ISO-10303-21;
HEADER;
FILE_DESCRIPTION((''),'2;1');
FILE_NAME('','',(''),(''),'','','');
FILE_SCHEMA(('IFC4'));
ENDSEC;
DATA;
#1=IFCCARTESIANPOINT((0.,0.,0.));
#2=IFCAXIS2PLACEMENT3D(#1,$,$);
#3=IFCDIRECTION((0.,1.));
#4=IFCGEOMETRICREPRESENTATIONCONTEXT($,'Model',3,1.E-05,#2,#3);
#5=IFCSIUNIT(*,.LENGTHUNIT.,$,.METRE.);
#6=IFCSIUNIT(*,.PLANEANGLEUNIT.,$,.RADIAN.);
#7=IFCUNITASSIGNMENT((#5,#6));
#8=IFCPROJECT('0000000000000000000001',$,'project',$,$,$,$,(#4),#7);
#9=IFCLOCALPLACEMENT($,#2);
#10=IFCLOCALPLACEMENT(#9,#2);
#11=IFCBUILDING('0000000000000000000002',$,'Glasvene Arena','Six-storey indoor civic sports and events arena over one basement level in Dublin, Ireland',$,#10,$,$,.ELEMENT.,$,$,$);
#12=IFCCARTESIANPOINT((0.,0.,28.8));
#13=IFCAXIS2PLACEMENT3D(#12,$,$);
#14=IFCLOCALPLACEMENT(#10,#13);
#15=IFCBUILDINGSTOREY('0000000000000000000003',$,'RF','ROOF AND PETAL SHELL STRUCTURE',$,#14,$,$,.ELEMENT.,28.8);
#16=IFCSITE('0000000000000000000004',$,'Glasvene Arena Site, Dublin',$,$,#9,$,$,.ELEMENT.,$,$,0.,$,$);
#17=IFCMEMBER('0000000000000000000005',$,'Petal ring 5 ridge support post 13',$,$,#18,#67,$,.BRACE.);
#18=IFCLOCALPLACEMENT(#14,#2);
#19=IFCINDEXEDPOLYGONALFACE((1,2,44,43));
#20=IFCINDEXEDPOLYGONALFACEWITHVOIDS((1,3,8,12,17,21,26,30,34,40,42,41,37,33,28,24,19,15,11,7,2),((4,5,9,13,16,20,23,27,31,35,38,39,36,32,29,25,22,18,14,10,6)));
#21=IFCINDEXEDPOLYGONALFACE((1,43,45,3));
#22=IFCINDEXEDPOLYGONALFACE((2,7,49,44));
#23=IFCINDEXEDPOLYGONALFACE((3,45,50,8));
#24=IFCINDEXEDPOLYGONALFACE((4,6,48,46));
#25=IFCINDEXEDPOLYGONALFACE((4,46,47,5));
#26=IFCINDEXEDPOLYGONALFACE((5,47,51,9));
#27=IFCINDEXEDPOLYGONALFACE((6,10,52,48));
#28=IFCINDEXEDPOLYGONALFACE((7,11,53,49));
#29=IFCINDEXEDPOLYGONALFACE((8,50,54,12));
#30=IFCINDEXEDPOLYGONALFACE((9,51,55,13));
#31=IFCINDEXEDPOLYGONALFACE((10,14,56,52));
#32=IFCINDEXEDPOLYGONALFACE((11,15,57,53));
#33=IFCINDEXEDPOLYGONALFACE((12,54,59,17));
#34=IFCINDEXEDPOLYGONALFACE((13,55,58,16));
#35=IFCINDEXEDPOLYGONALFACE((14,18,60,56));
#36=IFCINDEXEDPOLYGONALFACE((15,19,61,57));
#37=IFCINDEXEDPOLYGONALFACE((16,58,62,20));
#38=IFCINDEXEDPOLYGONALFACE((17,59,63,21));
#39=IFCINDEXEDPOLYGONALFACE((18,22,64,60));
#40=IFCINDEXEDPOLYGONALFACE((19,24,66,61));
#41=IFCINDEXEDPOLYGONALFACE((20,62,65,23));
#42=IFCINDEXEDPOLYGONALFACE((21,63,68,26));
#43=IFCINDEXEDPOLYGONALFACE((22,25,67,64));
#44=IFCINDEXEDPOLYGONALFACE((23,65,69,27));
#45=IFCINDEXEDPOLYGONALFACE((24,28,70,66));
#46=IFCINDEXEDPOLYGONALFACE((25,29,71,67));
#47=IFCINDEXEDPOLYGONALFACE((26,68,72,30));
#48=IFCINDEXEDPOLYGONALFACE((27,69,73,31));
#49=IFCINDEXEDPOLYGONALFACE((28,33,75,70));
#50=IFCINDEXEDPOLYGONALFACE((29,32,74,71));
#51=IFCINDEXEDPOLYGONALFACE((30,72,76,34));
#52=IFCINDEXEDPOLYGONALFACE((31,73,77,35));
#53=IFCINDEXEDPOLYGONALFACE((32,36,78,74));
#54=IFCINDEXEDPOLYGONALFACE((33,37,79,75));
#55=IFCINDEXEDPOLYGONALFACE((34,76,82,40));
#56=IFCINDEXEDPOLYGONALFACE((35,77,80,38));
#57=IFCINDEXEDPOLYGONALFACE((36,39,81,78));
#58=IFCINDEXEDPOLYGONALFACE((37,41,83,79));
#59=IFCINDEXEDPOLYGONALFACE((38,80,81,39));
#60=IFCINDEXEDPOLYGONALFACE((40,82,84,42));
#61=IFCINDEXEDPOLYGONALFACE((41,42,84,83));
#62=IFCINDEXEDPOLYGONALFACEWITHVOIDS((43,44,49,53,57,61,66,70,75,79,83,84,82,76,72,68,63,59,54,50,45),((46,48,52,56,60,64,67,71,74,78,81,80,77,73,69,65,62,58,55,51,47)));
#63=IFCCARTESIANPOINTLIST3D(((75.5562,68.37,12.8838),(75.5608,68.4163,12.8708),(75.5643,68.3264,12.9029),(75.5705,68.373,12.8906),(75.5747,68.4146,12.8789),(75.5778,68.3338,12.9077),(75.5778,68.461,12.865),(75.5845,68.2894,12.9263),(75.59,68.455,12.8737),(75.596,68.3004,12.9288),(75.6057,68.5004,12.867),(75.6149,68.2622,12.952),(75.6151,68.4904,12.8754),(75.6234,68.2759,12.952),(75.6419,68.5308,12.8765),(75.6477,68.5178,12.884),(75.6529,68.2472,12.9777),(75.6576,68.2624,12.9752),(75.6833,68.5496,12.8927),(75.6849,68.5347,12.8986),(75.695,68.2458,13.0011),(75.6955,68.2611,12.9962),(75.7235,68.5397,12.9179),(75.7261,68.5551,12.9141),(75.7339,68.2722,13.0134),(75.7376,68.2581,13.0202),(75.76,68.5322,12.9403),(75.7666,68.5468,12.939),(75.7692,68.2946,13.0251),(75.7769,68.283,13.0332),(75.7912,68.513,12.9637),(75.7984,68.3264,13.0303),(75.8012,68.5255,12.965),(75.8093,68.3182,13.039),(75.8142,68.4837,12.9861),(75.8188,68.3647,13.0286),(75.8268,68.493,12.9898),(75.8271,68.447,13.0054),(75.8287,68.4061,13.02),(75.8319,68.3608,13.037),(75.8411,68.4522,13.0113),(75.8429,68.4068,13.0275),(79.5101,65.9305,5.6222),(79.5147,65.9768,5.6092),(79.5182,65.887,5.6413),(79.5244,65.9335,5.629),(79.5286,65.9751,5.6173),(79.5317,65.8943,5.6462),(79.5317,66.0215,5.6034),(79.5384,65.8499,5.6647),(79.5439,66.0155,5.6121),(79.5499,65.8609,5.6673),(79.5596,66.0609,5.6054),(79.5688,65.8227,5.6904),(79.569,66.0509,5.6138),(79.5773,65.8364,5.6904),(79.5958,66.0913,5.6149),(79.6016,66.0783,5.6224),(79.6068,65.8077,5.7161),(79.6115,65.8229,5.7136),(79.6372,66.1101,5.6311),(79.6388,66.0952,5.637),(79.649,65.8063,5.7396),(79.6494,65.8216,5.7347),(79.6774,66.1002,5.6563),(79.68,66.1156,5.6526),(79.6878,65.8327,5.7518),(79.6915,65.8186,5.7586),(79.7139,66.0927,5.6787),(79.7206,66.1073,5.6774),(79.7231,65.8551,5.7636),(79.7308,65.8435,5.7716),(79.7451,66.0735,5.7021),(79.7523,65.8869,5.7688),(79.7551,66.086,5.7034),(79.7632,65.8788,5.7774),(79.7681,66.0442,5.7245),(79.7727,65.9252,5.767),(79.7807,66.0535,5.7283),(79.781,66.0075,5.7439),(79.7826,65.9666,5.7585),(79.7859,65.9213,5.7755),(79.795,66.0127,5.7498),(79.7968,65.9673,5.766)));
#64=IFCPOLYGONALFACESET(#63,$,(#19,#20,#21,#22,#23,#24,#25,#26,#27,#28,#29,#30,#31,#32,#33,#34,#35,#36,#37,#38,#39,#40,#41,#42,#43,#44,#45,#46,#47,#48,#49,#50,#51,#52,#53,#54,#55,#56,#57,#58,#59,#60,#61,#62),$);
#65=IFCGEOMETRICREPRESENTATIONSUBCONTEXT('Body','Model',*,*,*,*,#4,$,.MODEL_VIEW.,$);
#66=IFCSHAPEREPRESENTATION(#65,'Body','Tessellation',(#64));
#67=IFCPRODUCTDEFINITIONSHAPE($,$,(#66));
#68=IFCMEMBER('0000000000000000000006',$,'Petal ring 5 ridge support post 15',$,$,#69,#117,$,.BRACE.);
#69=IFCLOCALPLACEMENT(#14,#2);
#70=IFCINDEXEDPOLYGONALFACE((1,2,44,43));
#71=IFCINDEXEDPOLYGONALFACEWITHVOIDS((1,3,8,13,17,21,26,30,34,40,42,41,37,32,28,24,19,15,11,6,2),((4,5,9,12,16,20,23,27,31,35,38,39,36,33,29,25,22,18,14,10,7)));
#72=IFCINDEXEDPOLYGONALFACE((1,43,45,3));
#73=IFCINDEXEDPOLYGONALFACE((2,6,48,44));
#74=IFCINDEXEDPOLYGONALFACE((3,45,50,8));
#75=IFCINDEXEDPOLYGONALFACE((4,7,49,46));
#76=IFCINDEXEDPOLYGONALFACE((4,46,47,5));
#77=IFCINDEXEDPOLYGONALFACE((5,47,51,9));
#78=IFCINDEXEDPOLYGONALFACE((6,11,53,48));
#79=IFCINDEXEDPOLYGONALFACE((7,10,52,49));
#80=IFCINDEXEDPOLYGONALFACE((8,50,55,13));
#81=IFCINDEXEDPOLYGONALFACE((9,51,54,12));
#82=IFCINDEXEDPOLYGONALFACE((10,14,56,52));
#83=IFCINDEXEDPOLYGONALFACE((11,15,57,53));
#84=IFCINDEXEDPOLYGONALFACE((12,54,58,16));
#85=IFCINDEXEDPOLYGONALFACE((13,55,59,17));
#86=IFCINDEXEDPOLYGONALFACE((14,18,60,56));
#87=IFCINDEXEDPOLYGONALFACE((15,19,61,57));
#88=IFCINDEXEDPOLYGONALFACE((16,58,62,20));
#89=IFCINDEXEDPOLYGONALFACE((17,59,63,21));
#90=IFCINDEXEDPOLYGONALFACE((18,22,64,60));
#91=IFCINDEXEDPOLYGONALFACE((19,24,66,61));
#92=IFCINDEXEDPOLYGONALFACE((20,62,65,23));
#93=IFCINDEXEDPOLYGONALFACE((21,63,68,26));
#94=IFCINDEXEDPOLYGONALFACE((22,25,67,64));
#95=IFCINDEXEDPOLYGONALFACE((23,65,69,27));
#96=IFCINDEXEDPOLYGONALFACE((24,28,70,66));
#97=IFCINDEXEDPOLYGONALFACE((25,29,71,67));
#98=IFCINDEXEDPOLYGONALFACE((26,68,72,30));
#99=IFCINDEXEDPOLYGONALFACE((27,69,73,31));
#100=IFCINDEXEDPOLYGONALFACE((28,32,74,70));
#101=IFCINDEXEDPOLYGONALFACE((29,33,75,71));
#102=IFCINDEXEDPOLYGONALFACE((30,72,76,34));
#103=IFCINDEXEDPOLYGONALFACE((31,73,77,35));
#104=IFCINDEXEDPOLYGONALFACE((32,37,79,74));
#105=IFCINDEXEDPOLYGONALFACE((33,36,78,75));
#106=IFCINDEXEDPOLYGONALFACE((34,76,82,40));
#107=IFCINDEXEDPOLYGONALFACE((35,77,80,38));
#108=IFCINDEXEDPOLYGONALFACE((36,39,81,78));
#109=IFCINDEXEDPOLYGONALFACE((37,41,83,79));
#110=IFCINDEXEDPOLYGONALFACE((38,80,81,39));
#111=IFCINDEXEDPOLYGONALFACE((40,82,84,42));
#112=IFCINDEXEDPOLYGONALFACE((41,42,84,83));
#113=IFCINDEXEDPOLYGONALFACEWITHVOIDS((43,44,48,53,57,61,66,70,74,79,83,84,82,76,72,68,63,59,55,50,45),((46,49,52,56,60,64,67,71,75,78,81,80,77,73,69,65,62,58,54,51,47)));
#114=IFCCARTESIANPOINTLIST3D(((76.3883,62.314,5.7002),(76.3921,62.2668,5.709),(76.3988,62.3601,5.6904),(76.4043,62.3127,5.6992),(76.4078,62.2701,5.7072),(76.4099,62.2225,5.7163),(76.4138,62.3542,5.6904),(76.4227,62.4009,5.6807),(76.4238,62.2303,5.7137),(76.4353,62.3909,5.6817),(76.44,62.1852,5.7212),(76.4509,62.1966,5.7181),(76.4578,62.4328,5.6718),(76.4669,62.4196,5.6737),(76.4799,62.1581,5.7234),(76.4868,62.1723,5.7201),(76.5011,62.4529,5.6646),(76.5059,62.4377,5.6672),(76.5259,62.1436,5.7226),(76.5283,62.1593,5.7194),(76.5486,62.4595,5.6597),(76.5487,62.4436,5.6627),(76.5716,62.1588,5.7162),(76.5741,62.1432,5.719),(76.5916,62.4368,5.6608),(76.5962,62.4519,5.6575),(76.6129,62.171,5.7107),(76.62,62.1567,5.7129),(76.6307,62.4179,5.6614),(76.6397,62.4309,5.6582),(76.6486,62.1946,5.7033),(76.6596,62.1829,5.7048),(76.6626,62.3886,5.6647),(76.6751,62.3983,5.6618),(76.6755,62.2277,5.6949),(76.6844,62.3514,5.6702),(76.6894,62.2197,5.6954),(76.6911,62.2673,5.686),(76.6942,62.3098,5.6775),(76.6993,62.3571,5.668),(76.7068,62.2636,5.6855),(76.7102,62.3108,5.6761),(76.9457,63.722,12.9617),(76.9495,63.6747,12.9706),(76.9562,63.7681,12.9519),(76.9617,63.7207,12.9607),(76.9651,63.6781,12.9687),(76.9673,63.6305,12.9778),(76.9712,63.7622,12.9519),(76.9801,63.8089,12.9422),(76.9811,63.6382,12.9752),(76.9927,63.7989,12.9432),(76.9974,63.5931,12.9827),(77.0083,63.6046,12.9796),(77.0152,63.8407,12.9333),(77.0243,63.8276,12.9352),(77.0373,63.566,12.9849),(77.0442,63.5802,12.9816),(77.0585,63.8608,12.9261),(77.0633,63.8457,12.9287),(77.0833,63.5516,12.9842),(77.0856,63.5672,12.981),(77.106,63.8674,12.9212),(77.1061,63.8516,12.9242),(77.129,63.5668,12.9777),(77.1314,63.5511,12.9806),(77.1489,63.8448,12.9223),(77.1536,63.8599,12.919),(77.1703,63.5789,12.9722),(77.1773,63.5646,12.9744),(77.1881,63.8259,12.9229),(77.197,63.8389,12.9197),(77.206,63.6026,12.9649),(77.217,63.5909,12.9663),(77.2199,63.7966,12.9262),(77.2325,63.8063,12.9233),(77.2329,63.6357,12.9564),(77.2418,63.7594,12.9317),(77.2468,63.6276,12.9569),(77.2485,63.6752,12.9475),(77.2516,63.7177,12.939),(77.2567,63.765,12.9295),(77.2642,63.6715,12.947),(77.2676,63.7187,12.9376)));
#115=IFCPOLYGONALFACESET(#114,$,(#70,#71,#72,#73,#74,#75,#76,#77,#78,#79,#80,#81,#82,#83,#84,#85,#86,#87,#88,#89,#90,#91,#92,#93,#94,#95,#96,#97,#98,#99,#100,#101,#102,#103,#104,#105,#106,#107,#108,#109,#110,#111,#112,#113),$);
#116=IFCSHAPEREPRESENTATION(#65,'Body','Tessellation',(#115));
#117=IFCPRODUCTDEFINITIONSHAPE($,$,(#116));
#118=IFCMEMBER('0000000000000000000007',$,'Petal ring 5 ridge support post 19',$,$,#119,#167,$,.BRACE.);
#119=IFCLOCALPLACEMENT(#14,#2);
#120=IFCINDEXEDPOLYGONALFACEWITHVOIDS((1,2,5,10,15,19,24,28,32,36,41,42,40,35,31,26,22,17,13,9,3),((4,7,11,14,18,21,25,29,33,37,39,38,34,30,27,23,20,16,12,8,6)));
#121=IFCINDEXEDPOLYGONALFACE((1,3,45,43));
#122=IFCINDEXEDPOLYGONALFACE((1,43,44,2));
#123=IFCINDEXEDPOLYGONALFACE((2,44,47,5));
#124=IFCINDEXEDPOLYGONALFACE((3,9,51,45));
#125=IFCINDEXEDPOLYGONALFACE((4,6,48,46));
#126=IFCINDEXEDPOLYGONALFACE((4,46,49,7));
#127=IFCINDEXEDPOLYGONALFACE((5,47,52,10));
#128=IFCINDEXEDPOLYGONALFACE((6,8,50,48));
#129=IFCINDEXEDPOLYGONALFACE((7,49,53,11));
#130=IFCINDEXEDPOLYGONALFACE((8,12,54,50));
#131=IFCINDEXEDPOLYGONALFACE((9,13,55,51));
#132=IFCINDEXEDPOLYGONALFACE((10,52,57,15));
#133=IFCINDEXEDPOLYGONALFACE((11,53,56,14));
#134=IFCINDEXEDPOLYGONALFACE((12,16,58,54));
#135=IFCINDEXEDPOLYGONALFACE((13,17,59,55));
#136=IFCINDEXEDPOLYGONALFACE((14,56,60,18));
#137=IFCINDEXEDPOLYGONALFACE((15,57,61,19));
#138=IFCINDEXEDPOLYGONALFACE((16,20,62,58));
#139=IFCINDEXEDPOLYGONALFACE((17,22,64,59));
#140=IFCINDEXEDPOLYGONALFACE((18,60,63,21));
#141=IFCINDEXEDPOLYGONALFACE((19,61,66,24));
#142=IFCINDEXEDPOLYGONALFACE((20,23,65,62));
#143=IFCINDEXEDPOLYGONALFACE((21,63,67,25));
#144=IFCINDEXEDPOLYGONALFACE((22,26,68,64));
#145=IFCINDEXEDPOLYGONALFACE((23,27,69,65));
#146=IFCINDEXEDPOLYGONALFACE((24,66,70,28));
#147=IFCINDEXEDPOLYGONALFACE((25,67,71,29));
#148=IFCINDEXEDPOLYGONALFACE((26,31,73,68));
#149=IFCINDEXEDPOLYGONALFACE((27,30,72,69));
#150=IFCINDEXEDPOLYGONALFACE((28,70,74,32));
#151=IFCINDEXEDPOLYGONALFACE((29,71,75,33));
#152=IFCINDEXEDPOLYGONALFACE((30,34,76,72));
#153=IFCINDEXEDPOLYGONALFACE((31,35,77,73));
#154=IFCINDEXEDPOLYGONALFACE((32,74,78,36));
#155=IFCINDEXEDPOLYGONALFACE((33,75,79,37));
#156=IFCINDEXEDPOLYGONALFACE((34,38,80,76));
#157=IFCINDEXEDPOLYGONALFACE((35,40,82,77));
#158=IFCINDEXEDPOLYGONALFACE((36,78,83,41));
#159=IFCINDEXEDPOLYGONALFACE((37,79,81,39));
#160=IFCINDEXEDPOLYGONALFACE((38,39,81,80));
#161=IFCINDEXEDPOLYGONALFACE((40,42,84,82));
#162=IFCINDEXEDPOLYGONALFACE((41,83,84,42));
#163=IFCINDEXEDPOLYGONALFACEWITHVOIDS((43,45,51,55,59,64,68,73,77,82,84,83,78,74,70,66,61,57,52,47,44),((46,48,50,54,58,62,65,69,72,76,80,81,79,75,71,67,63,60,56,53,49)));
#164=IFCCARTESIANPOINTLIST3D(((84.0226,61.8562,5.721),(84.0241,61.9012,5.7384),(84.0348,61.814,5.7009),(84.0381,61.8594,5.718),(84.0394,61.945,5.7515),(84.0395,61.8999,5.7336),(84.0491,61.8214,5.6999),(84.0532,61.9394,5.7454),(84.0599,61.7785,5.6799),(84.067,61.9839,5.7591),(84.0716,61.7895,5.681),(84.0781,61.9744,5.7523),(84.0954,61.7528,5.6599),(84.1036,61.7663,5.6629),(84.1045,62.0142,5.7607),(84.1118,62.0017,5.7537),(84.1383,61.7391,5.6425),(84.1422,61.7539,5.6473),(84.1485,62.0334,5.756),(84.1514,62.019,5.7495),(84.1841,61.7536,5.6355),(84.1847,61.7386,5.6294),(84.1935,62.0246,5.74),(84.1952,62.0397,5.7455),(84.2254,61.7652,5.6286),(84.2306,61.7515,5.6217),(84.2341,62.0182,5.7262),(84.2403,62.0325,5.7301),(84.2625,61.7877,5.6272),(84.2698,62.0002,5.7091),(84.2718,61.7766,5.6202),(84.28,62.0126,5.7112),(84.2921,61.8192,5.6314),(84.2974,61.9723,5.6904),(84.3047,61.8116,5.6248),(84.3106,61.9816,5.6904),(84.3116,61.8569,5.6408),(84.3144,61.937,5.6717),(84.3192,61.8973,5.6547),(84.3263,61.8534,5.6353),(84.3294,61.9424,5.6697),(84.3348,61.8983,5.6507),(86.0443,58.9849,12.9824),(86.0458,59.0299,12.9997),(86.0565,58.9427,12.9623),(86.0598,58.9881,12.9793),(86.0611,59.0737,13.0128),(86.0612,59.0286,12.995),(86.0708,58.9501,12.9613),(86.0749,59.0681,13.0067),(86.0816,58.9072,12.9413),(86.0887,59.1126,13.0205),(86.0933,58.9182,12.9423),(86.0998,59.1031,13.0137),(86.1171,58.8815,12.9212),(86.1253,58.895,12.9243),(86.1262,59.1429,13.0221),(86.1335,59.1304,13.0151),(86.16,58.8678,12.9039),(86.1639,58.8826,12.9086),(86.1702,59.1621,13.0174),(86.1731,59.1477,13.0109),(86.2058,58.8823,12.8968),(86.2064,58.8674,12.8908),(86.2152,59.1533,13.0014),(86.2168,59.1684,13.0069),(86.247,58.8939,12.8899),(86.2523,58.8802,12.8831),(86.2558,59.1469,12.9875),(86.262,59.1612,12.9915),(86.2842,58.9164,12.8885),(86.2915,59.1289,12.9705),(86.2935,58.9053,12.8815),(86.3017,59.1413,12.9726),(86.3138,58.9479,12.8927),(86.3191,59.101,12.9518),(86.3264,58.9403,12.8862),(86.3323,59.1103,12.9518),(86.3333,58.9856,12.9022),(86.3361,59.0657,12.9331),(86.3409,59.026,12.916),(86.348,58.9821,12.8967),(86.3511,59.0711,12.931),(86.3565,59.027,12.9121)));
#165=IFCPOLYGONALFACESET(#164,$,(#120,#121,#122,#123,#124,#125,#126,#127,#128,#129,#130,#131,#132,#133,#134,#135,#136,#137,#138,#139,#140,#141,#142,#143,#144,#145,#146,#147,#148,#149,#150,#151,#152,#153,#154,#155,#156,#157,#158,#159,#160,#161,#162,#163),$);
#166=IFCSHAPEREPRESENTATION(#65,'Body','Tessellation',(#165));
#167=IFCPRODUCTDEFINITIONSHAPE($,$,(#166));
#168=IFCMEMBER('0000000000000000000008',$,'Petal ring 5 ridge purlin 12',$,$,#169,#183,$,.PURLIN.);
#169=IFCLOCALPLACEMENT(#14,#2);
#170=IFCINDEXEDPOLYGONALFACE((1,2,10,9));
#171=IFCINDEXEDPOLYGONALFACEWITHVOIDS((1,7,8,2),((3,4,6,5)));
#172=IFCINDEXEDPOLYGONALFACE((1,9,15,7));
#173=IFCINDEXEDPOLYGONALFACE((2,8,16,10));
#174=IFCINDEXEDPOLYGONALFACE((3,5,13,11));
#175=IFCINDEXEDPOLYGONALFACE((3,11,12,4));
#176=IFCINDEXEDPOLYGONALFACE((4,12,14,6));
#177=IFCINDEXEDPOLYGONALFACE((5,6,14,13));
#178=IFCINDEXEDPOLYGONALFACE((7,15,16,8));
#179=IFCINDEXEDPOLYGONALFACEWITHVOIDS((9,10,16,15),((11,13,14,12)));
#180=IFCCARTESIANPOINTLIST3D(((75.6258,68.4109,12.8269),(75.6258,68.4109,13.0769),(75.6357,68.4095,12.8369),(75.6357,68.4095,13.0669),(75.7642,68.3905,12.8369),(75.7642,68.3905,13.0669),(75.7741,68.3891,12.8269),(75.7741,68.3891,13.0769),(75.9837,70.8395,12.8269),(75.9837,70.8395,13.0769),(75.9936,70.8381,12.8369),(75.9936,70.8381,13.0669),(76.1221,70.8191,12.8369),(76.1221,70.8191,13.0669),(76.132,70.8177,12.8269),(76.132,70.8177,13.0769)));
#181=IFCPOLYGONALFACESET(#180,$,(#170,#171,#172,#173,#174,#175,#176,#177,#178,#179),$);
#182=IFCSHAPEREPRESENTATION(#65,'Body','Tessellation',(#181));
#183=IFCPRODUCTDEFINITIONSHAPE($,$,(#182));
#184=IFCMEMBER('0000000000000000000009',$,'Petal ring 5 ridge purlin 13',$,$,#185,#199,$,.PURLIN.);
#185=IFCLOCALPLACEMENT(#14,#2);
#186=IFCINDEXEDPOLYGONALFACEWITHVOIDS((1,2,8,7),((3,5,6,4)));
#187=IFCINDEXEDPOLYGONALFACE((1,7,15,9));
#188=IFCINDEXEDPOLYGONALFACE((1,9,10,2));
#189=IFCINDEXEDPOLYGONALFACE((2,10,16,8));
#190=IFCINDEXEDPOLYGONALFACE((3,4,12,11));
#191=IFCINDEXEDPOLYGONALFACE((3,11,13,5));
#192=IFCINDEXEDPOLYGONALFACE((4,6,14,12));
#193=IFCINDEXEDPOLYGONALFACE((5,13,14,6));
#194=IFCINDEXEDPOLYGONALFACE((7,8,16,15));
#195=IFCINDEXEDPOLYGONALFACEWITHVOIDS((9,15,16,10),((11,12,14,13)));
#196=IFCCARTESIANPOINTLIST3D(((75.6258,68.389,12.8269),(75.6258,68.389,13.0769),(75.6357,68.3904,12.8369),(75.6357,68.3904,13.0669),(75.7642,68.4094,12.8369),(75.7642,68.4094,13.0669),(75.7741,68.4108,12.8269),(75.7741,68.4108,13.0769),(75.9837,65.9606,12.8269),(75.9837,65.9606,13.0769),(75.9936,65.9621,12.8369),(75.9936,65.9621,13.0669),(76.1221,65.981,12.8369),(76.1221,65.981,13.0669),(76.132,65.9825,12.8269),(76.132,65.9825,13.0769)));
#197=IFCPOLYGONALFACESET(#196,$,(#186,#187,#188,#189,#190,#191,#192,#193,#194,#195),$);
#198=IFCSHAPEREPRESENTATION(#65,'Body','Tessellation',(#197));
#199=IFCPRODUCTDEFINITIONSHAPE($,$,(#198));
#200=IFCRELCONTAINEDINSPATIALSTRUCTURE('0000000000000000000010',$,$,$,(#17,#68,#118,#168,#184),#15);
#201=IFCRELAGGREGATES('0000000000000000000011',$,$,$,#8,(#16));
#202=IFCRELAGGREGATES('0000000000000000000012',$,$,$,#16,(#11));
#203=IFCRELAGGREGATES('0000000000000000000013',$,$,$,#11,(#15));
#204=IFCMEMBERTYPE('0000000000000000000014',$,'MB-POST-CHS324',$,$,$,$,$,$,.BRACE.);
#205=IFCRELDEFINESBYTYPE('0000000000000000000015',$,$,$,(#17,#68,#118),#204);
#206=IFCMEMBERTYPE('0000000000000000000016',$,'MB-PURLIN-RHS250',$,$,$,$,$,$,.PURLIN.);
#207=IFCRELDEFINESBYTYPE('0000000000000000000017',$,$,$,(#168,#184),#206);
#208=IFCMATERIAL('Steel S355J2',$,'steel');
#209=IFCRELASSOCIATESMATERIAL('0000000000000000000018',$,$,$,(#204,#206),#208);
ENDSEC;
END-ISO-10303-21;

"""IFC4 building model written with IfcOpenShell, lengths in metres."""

from ifc_helpers import new_model, si_unit, direction, frame, origin, origin_2d, place, context, subcontext, project, spatial, hollow_rectangle, hollow_circle, extrude, material, material_profile, profile_set, type_object, element, save


model = new_model("IFC4")

# Units and contexts
model_context = context("Model", 3, precision=1e-05, world=origin(), true_north=direction((0.0, 1.0)))
body_context = subcontext(model_context, "Body", "Model", "MODEL_VIEW")
ifc_project = project(units=[si_unit("LENGTHUNIT", "METRE"), si_unit("PLANEANGLEUNIT", "RADIAN")], contexts=[model_context])

# Site, building, storey
site_placement = place(None, origin())
site = spatial("IfcSite", under=ifc_project, at=site_placement, Name="Glasvene Arena Site, Dublin", CompositionType="ELEMENT", RefElevation=0.0)
building_placement = place(site_placement, origin())
building = spatial("IfcBuilding", under=site, at=building_placement, Name="Glasvene Arena", Description="Six-storey indoor civic sports and events arena over one basement level in Dublin, Ireland", CompositionType="ELEMENT")
storey_placement = place(building_placement, frame((0.0, 0.0, 28.8)))
storey = spatial("IfcBuildingStorey", under=building, at=storey_placement, Name="RF", Description="ROOF AND PETAL SHELL STRUCTURE", CompositionType="ELEMENT", Elevation=28.8)

# Shared definitions
ifc_material_1 = material(Name="Steel S355J2", Category="steel")

# Members
ifc_material_profile_1 = material_profile(ifc_material_1, hollow_circle(Radius=0.1619, WallThickness=0.0161, at=origin_2d()), Name="CHS 323.9x16.0")
ifc_profile_set_1 = profile_set([ifc_material_profile_1], Name="Steel S355J2")
member_type_1 = type_object("IfcMemberType", Name="MB-POST-CHS324", PredefinedType="BRACE", material=ifc_profile_set_1)
member_1_placement = place(storey_placement, frame((79.6538, 65.9604, 5.6904), z_axis=(-0.458658, 0.282983, 0.84235), x_axis=(-0.525082, -0.851052, 0.0)))
element("IfcMember", 1, at=member_1_placement, inside=storey, type_object=member_type_1, Name="Petal ring 5 ridge support post 13", PredefinedType="BRACE", context=body_context, shape_type="SweptSolid", body=[
    extrude(hollow_circle(Radius=0.1619, WallThickness=0.0161, at=origin_2d()), origin(), (0.0, 0.0, 1.0), 8.6206),
])
member_2_placement = place(storey_placement, frame((76.5493, 62.3005, 5.6904), z_axis=(0.075141, 0.189811, 0.978941), x_axis=(-0.929794, 0.36808, 0.0)))
element("IfcMember", 2, at=member_2_placement, inside=storey, type_object=member_type_1, Name="Petal ring 5 ridge support post 15", PredefinedType="BRACE", context=body_context, shape_type="SweptSolid", body=[
    extrude(hollow_circle(Radius=0.1619, WallThickness=0.0161, at=origin_2d()), origin(), (0.0, 0.0, 1.0), 7.4177),
])
member_3_placement = place(storey_placement, frame((84.1782, 61.8884, 5.6904), z_axis=(0.250647, -0.355979, 0.900253), x_axis=(0.817651, 0.575714, 0.0)))
element("IfcMember", 3, at=member_3_placement, inside=storey, type_object=member_type_1, Name="Petal ring 5 ridge support post 19", PredefinedType="BRACE", context=body_context, shape_type="SweptSolid", body=[
    extrude(hollow_circle(Radius=0.1619, WallThickness=0.0161, at=origin_2d()), origin(), (0.0, 0.0, 1.0), 8.0659),
])
ifc_material_profile_2 = material_profile(ifc_material_1, hollow_rectangle(XDim=0.1499, YDim=0.25, WallThickness=0.01, at=origin_2d()), Name="RHS 250x150x10.0")
ifc_profile_set_2 = profile_set([ifc_material_profile_2], Name="Steel S355J2")
member_type_2 = type_object("IfcMemberType", Name="MB-PURLIN-RHS250", PredefinedType="PURLIN", material=ifc_profile_set_2)
member_4_placement = place(storey_placement, frame((76.0579, 70.8286, 12.9519), z_axis=(-0.145792, -0.989315, 0.0), x_axis=(0.989315, -0.145792, 0.0)))
element("IfcMember", 4, at=member_4_placement, inside=storey, type_object=member_type_2, Name="Petal ring 5 ridge purlin 12", PredefinedType="PURLIN", context=body_context, shape_type="SweptSolid", body=[
    extrude(hollow_rectangle(XDim=0.1499, YDim=0.25, WallThickness=0.01, at=origin_2d()), origin(), (0.0, 0.0, 1.0), 2.4548),
])
member_5_placement = place(storey_placement, frame((75.7, 68.3999, 12.9519), z_axis=(0.145806, -0.989313, 0.0), x_axis=(0.989313, 0.145806, 0.0)))
element("IfcMember", 5, at=member_5_placement, inside=storey, type_object=member_type_2, Name="Petal ring 5 ridge purlin 13", PredefinedType="PURLIN", context=body_context, shape_type="SweptSolid", body=[
    extrude(hollow_rectangle(XDim=0.1499, YDim=0.25, WallThickness=0.01, at=origin_2d()), origin(), (0.0, 0.0, 1.0), 2.4546),
])

save(model, "model.ifc")
